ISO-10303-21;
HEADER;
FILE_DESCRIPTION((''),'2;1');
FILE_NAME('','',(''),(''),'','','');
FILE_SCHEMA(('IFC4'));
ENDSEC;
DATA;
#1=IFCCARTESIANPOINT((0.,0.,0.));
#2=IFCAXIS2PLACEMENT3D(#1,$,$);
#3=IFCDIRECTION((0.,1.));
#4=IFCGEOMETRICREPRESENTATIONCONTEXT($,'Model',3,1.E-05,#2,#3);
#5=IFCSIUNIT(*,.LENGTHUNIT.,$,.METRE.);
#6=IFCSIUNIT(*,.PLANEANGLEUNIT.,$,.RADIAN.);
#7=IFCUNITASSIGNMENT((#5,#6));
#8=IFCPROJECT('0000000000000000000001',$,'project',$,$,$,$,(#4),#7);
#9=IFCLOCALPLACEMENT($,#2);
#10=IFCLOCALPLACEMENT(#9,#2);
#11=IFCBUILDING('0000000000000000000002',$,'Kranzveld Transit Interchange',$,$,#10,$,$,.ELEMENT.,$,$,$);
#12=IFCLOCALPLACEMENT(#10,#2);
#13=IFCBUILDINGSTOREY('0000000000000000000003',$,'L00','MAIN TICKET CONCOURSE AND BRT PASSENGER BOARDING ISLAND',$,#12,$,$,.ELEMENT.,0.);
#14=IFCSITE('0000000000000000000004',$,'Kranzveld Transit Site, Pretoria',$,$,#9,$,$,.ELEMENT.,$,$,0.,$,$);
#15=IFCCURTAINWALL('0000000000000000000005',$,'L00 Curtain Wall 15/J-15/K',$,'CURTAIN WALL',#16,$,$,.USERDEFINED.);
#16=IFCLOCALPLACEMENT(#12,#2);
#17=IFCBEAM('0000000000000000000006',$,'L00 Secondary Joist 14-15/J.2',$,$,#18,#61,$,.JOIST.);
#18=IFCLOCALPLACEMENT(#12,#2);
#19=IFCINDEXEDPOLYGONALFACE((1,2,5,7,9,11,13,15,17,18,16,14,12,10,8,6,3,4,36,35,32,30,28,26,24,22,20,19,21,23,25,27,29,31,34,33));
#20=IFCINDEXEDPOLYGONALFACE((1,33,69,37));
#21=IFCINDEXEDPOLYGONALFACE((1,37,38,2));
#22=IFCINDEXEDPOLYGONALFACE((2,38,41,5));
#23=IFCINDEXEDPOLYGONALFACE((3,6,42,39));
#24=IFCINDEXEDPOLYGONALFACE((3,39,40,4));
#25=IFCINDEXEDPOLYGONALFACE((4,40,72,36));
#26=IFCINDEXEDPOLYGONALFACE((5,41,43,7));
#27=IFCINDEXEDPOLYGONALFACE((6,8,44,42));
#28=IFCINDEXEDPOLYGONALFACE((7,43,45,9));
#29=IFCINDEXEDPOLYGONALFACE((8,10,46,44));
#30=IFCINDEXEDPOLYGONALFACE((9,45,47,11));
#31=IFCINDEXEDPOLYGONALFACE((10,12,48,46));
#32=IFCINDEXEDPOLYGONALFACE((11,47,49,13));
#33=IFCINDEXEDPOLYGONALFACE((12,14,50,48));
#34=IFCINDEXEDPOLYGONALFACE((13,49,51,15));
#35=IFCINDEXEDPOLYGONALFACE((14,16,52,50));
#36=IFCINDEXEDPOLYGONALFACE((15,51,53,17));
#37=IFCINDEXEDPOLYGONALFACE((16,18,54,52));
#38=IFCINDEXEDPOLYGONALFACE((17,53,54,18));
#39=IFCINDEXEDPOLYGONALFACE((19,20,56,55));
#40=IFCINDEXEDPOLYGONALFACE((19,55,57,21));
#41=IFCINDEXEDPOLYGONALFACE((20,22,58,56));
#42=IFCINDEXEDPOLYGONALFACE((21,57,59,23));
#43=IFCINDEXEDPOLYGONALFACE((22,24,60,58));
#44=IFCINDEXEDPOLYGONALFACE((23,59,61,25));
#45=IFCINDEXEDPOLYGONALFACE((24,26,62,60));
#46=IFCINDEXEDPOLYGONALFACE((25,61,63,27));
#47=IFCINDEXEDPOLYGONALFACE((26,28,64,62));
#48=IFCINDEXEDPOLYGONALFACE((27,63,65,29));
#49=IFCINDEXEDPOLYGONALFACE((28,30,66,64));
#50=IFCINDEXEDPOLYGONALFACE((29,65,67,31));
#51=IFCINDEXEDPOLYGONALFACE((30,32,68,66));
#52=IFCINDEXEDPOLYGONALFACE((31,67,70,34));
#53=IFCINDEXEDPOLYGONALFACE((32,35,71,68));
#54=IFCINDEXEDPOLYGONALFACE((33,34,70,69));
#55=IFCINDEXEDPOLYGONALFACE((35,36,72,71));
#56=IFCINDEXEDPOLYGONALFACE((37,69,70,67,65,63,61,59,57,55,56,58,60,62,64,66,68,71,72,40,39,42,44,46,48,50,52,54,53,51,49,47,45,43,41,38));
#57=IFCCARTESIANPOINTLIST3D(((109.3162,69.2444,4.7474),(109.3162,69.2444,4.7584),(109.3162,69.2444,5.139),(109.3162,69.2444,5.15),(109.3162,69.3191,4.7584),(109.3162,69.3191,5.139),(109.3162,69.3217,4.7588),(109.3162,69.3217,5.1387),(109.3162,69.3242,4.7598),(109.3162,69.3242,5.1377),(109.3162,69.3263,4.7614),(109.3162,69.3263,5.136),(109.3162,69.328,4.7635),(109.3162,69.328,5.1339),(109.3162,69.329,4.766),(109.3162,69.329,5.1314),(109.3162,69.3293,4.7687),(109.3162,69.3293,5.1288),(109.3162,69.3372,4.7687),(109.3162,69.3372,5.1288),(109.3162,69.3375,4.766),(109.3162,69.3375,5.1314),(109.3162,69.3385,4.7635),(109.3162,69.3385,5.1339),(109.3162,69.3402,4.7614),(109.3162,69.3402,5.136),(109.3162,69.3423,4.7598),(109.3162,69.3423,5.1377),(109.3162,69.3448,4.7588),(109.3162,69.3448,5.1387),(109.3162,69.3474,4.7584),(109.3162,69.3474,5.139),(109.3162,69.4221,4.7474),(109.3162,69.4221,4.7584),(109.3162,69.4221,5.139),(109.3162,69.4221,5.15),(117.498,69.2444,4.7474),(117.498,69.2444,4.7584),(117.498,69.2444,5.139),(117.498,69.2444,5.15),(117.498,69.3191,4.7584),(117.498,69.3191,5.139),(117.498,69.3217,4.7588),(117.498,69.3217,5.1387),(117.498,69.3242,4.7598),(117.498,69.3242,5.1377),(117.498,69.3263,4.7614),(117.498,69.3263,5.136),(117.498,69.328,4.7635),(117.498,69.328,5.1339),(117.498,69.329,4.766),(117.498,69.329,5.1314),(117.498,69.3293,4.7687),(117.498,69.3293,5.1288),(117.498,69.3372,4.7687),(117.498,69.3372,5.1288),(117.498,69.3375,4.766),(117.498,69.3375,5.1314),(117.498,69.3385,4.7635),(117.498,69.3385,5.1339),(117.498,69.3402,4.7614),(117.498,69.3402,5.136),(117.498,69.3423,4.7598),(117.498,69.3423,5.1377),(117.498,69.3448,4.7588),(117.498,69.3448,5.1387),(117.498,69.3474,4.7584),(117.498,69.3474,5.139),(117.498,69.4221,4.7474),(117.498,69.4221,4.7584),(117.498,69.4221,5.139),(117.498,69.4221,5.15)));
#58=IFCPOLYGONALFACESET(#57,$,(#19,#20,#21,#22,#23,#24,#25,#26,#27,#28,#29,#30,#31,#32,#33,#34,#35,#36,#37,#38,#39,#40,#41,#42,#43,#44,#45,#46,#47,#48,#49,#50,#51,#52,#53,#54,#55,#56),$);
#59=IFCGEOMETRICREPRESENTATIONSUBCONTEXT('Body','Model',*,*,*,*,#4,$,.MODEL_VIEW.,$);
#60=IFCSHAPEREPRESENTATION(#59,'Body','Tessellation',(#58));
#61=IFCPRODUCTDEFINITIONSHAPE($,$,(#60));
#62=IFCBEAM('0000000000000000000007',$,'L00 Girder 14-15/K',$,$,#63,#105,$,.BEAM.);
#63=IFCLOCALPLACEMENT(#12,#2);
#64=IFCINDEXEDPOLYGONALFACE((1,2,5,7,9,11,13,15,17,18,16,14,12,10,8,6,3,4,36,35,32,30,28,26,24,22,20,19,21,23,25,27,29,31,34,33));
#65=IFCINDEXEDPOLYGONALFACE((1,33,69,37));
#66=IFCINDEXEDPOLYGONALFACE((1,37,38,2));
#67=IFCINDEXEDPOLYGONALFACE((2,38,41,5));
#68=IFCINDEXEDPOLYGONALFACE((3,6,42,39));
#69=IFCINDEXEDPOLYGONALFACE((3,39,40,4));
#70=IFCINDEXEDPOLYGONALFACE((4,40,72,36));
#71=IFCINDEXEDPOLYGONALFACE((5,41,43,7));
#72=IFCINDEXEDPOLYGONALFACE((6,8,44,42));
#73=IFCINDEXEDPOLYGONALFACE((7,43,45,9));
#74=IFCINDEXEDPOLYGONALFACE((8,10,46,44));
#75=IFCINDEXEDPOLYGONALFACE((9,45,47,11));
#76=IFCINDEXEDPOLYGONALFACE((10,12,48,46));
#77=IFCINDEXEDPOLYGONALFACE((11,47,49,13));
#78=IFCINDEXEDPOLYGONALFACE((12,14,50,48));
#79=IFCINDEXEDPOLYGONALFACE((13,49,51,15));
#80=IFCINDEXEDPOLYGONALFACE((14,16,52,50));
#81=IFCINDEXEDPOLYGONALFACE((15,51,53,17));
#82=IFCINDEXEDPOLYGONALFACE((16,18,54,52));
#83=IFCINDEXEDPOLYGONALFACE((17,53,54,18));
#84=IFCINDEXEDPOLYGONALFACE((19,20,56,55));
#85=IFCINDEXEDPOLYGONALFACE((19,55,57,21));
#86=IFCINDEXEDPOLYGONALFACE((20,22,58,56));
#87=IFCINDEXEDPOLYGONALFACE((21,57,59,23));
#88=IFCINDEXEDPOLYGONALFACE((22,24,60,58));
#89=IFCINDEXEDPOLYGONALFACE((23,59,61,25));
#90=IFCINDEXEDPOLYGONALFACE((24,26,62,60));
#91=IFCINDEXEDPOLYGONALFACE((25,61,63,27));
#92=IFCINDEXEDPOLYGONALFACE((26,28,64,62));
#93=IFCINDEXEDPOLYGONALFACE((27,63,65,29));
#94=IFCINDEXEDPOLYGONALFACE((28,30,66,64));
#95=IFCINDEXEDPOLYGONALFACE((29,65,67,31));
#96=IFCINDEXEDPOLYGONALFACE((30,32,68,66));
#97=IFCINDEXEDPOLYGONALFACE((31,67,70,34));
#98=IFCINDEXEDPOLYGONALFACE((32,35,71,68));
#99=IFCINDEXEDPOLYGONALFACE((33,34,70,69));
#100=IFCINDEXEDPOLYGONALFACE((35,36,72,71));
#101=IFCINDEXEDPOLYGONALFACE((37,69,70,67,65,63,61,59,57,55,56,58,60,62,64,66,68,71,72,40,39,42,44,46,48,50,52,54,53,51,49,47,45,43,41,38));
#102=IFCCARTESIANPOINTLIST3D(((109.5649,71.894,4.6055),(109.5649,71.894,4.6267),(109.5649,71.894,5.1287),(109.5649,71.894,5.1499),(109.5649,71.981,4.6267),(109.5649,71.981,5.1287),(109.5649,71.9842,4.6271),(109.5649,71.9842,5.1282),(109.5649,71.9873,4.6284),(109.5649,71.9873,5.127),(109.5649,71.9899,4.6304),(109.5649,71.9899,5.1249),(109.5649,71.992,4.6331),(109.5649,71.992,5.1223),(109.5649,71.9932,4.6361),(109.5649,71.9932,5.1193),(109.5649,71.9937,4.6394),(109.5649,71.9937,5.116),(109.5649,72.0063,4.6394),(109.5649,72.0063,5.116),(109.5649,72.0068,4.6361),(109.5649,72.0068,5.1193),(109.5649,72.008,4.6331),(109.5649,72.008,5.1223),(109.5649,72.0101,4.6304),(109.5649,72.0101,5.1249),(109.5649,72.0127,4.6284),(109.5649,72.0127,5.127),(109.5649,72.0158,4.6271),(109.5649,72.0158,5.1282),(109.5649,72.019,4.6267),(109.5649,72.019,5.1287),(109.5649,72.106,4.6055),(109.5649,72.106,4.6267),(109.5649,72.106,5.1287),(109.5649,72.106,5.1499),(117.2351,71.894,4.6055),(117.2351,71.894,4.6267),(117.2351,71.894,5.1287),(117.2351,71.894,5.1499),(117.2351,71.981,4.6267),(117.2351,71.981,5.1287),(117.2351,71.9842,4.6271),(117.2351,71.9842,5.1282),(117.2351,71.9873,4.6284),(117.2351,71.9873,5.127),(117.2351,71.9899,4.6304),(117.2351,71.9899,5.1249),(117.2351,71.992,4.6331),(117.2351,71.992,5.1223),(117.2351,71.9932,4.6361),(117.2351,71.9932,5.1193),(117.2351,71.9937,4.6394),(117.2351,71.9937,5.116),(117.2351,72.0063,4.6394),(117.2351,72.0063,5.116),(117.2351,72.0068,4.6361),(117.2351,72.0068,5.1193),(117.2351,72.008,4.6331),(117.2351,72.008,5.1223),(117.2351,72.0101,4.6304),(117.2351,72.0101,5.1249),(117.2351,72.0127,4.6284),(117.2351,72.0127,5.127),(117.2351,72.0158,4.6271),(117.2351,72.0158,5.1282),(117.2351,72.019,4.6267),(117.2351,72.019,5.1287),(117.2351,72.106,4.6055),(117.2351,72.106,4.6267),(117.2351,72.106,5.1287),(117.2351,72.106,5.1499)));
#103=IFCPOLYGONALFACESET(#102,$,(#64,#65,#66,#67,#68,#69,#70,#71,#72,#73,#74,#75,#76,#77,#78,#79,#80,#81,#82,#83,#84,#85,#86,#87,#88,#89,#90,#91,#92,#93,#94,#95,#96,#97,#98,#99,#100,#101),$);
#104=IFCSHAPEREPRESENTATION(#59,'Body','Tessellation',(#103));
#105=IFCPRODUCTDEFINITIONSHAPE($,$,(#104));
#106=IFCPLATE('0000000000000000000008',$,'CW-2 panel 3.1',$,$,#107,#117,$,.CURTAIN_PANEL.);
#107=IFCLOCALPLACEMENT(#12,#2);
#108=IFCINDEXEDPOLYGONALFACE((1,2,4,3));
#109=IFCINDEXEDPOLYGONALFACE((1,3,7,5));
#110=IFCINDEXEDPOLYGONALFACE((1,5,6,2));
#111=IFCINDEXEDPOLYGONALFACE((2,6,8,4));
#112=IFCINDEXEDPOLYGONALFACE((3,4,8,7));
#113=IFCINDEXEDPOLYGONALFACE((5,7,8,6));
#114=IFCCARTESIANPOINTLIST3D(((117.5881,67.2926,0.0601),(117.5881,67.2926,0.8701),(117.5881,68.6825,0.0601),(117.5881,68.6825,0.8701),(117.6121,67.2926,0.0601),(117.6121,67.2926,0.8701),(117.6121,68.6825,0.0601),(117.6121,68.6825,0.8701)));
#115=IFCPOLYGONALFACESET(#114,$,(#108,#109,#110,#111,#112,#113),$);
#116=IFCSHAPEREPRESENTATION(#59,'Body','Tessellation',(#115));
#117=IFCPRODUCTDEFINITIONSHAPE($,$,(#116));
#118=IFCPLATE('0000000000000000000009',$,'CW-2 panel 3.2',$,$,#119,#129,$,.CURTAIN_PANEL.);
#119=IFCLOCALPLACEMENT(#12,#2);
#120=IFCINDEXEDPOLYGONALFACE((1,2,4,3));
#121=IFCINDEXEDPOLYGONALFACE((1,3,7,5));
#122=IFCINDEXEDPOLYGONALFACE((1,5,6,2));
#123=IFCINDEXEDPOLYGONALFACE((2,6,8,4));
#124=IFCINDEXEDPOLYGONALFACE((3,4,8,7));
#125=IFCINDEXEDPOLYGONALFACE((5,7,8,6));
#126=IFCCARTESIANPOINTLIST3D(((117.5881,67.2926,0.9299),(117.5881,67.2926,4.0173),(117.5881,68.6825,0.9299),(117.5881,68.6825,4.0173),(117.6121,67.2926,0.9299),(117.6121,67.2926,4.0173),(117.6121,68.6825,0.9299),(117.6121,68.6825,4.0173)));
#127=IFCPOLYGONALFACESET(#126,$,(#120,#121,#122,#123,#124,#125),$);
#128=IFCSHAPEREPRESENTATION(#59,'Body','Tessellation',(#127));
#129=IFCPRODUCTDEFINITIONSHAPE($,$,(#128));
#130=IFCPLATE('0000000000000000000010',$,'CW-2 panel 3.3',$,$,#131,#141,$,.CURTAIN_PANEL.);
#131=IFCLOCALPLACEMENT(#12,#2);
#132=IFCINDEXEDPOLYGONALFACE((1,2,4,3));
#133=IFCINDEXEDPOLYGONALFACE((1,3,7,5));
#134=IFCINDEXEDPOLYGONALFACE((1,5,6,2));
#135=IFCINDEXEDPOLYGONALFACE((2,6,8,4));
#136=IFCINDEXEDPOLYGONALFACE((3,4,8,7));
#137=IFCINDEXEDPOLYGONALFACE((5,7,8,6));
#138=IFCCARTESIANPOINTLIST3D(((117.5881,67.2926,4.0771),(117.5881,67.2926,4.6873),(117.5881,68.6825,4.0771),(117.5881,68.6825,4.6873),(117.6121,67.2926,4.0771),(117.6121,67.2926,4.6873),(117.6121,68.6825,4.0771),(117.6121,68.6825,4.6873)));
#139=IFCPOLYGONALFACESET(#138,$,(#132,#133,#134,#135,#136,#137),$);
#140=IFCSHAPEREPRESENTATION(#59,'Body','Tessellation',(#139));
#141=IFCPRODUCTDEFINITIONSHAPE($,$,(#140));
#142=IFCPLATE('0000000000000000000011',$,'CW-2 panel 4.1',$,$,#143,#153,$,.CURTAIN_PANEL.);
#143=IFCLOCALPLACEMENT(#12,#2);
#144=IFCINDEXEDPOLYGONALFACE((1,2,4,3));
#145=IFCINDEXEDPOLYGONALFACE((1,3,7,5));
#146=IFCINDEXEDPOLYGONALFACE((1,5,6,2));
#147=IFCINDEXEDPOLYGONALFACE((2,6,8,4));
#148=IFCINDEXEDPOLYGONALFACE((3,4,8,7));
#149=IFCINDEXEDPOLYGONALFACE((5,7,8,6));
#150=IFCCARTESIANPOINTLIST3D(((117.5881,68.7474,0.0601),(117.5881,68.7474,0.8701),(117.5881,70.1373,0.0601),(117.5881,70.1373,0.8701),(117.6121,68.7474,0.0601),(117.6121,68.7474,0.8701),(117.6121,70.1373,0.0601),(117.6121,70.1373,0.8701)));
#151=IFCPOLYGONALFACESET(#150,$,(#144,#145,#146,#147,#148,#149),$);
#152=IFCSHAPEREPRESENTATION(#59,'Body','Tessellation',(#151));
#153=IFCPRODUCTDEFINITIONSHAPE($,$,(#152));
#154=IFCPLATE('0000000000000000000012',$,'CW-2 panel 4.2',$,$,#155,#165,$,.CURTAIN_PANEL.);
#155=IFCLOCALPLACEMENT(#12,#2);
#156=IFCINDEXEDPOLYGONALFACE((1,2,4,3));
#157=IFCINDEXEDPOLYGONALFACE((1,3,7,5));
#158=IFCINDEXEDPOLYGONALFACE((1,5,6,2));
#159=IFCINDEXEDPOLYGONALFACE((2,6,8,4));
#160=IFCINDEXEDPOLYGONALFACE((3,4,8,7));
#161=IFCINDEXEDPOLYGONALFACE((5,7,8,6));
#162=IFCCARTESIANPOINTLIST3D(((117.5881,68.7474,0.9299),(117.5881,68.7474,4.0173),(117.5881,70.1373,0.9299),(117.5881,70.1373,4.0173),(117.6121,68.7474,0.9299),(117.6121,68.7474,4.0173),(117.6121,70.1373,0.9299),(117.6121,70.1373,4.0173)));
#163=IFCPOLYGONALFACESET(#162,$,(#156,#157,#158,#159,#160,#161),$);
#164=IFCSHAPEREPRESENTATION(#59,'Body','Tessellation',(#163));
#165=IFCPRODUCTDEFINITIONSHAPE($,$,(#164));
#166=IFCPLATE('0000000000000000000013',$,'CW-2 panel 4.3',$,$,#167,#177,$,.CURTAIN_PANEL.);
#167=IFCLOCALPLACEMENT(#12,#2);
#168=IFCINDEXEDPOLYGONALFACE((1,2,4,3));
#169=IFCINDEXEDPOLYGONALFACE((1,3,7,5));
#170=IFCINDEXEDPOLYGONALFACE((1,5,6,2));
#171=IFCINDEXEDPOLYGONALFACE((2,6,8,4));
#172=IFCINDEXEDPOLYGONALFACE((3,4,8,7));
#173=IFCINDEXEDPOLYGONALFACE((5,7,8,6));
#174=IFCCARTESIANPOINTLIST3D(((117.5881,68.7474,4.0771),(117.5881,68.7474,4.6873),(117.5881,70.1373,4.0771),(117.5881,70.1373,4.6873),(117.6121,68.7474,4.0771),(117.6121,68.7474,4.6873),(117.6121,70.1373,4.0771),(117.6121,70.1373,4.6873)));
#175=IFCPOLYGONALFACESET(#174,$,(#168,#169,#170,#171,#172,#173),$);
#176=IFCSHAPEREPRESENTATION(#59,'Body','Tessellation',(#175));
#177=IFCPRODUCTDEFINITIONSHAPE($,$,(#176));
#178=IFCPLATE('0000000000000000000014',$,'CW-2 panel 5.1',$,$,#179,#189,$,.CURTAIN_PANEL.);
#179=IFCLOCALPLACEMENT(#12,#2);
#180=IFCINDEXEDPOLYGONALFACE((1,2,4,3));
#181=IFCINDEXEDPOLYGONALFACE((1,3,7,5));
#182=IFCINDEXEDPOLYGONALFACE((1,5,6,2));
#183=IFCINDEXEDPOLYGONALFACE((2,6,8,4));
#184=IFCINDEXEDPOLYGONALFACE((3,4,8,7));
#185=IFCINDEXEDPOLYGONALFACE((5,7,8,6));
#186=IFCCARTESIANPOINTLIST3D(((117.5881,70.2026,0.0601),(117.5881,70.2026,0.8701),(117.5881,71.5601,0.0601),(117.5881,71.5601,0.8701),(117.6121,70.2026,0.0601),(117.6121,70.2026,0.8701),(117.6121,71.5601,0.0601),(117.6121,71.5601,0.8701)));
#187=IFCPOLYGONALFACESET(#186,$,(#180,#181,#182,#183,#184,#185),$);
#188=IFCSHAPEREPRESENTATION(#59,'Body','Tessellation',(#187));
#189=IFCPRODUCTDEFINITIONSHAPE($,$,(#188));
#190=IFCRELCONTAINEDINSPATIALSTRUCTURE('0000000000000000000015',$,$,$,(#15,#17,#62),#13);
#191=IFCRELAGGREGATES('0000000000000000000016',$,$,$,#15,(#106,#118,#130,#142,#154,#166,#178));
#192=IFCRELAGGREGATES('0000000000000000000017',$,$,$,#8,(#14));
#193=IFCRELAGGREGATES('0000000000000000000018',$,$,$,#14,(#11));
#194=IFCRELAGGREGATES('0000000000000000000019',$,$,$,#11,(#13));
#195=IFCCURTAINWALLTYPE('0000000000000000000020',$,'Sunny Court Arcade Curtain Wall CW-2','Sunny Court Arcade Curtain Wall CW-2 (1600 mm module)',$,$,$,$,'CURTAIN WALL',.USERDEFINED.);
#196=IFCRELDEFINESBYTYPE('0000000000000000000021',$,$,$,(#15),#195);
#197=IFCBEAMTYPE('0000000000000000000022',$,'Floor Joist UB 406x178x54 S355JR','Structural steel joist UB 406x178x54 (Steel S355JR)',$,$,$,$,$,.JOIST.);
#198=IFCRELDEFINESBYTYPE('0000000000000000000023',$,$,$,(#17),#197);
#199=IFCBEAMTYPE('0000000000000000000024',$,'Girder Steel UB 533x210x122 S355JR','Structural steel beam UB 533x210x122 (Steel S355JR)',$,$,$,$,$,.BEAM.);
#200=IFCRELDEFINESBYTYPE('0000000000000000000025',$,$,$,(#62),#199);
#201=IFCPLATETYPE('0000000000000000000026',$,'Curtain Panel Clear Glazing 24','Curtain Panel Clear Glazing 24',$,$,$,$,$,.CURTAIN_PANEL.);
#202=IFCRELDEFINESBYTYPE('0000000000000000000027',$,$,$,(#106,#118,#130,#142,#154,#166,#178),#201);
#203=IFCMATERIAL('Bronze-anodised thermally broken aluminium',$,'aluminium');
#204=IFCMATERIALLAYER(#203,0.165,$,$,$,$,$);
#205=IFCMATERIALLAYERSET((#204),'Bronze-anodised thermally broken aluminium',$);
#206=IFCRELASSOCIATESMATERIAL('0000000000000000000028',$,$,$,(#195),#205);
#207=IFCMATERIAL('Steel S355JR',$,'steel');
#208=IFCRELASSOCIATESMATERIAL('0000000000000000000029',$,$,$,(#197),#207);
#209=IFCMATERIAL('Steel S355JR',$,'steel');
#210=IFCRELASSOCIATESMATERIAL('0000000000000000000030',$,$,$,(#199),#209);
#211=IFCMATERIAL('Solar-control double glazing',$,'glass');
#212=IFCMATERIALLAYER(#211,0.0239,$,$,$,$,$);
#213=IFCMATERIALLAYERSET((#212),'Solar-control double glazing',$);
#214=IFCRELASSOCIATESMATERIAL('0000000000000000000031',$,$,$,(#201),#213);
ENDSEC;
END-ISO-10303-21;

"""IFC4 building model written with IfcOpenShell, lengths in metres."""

from ifc_helpers import new_model, si_unit, direction, frame, origin, origin_2d, place, context, subcontext, project, spatial, rectangle, i_section, extrude, material, layer, layer_set, material_profile, profile_set, type_object, element, aggregate, save


model = new_model("IFC4")

# Units and contexts
model_context = context("Model", 3, precision=1e-05, world=origin(), true_north=direction((0.0, 1.0)))
body_context = subcontext(model_context, "Body", "Model", "MODEL_VIEW")
ifc_project = project(units=[si_unit("LENGTHUNIT", "METRE"), si_unit("PLANEANGLEUNIT", "RADIAN")], contexts=[model_context])

# Site, building, storey
site_placement = place(None, origin())
site = spatial("IfcSite", under=ifc_project, at=site_placement, Name="Kranzveld Transit Site, Pretoria", CompositionType="ELEMENT", RefElevation=0.0)
building_placement = place(site_placement, origin())
building = spatial("IfcBuilding", under=site, at=building_placement, Name="Kranzveld Transit Interchange", CompositionType="ELEMENT")
storey_placement = place(building_placement, origin())
storey = spatial("IfcBuildingStorey", under=building, at=storey_placement, Name="L00", Description="MAIN TICKET CONCOURSE AND BRT PASSENGER BOARDING ISLAND", CompositionType="ELEMENT", Elevation=0.0)

# Curtain wall
ifc_material_1 = material(Name="Bronze-anodised thermally broken aluminium", Category="aluminium")
ifc_layer_1 = layer(ifc_material_1, 0.165)
ifc_layer_set_1 = layer_set([ifc_layer_1], Name="Bronze-anodised thermally broken aluminium")
curtain_wall_type = type_object("IfcCurtainWallType", Name="Sunny Court Arcade Curtain Wall CW-2", Description="Sunny Court Arcade Curtain Wall CW-2 (1600 mm module)", ElementType="CURTAIN WALL", PredefinedType="USERDEFINED", material=ifc_layer_set_1)
curtain_wall_placement = place(storey_placement, origin())
curtain_wall = element("IfcCurtainWall", 1, at=curtain_wall_placement, inside=storey, type_object=curtain_wall_type, Name="L00 Curtain Wall 15/J-15/K", ObjectType="CURTAIN WALL", PredefinedType="USERDEFINED")

# Beams
ifc_material_2 = material(Name="Steel S355JR", Category="steel")
ifc_material_profile_1 = material_profile(ifc_material_2, i_section(OverallWidth=0.1777, OverallDepth=0.4026, WebThickness=0.0078, FlangeThickness=0.011, FilletRadius=0.0103, at=origin_2d()), Name="UB 406x178x54")
ifc_profile_set_1 = profile_set([ifc_material_profile_1], Name="Steel S355JR")
beam_type_1 = type_object("IfcBeamType", Name="Floor Joist UB 406x178x54 S355JR", Description="Structural steel joist UB 406x178x54 (Steel S355JR)", PredefinedType="JOIST", material=ifc_profile_set_1)
for number, where, z_axis, x_axis, name in (
    (2, (109.3162, 69.3333, 4.9487), (1.0, 0.0, 0.0), (0.0, 1.0, 0.0), "L00 Secondary Joist 14-15/J.2"),
):
    element("IfcBeam", number, at=place(storey_placement, frame(where, z_axis=z_axis, x_axis=x_axis)), inside=storey, type_object=beam_type_1, Name=name, PredefinedType="JOIST", context=body_context, shape_type="SweptSolid", body=[
        extrude(i_section(OverallWidth=0.1777, OverallDepth=0.4026, WebThickness=0.0078, FlangeThickness=0.011, FilletRadius=0.0103, at=origin_2d()), origin(), (0.0, 0.0, 1.0), 8.1819),
    ])
ifc_material_3 = material(Name="Steel S355JR", Category="steel")
ifc_material_profile_2 = material_profile(ifc_material_3, i_section(OverallWidth=0.2119, OverallDepth=0.5444, WebThickness=0.0127, FlangeThickness=0.0212, FilletRadius=0.0127, at=origin_2d()), Name="UB 533x210x122")
ifc_profile_set_2 = profile_set([ifc_material_profile_2], Name="Steel S355JR")
beam_type_2 = type_object("IfcBeamType", Name="Girder Steel UB 533x210x122 S355JR", Description="Structural steel beam UB 533x210x122 (Steel S355JR)", PredefinedType="BEAM", material=ifc_profile_set_2)
beam_1_placement = place(storey_placement, frame((109.5649, 72.0, 4.8777), z_axis=(1.0, 0.0, 0.0), x_axis=(0.0, 1.0, 0.0)))
element("IfcBeam", 3, at=beam_1_placement, inside=storey, type_object=beam_type_2, Name="L00 Girder 14-15/K", PredefinedType="BEAM", context=body_context, shape_type="SweptSolid", body=[
    extrude(i_section(OverallWidth=0.2119, OverallDepth=0.5444, WebThickness=0.0127, FlangeThickness=0.0212, FilletRadius=0.0127, at=origin_2d()), origin(), (0.0, 0.0, 1.0), 7.6702),
])

# Plates
ifc_material_4 = material(Name="Solar-control double glazing", Category="glass")
ifc_layer_2 = layer(ifc_material_4, 0.0239)
ifc_layer_set_2 = layer_set([ifc_layer_2], Name="Solar-control double glazing")
plate_type = type_object("IfcPlateType", Name="Curtain Panel Clear Glazing 24", Description="Curtain Panel Clear Glazing 24", PredefinedType="CURTAIN_PANEL", material=ifc_layer_set_2)
plate_1_placement = place(storey_placement, frame((117.6001, 67.9875, 0.0601), z_axis=(0.0, 0.0, 1.0), x_axis=(0.0, 1.0, 0.0)))
plate_1 = element("IfcPlate", 4, at=plate_1_placement, type_object=plate_type, Name="CW-2 panel 3.1", PredefinedType="CURTAIN_PANEL", context=body_context, shape_type="SweptSolid", body=[
    extrude(rectangle(XDim=1.3899, YDim=0.0239, at=origin_2d()), origin(), (0.0, 0.0, 1.0), 0.8101),
])
plate_2_placement = place(storey_placement, frame((117.6001, 67.9875, 0.9299), z_axis=(0.0, 0.0, 1.0), x_axis=(0.0, 1.0, 0.0)))
plate_2 = element("IfcPlate", 5, at=plate_2_placement, type_object=plate_type, Name="CW-2 panel 3.2", PredefinedType="CURTAIN_PANEL", context=body_context, shape_type="SweptSolid", body=[
    extrude(rectangle(XDim=1.3899, YDim=0.0239, at=origin_2d()), origin(), (0.0, 0.0, 1.0), 3.0874),
])
plate_3_placement = place(storey_placement, frame((117.6001, 67.9875, 4.0771), z_axis=(0.0, 0.0, 1.0), x_axis=(0.0, 1.0, 0.0)))
plate_3 = element("IfcPlate", 6, at=plate_3_placement, type_object=plate_type, Name="CW-2 panel 3.3", PredefinedType="CURTAIN_PANEL", context=body_context, shape_type="SweptSolid", body=[
    extrude(rectangle(XDim=1.3899, YDim=0.0239, at=origin_2d()), origin(), (0.0, 0.0, 1.0), 0.6101),
])
plate_4_placement = place(storey_placement, frame((117.6001, 69.4424, 0.0601), z_axis=(0.0, 0.0, 1.0), x_axis=(0.0, 1.0, 0.0)))
plate_4 = element("IfcPlate", 7, at=plate_4_placement, type_object=plate_type, Name="CW-2 panel 4.1", PredefinedType="CURTAIN_PANEL", context=body_context, shape_type="SweptSolid", body=[
    extrude(rectangle(XDim=1.3899, YDim=0.0239, at=origin_2d()), origin(), (0.0, 0.0, 1.0), 0.8101),
])
plate_5_placement = place(storey_placement, frame((117.6001, 69.4424, 0.9299), z_axis=(0.0, 0.0, 1.0), x_axis=(0.0, 1.0, 0.0)))
plate_5 = element("IfcPlate", 8, at=plate_5_placement, type_object=plate_type, Name="CW-2 panel 4.2", PredefinedType="CURTAIN_PANEL", context=body_context, shape_type="SweptSolid", body=[
    extrude(rectangle(XDim=1.3899, YDim=0.0239, at=origin_2d()), origin(), (0.0, 0.0, 1.0), 3.0874),
])
plate_6_placement = place(storey_placement, frame((117.6001, 69.4424, 4.0771), z_axis=(0.0, 0.0, 1.0), x_axis=(0.0, 1.0, 0.0)))
plate_6 = element("IfcPlate", 9, at=plate_6_placement, type_object=plate_type, Name="CW-2 panel 4.3", PredefinedType="CURTAIN_PANEL", context=body_context, shape_type="SweptSolid", body=[
    extrude(rectangle(XDim=1.3899, YDim=0.0239, at=origin_2d()), origin(), (0.0, 0.0, 1.0), 0.6101),
])
plate_7_placement = place(storey_placement, frame((117.6001, 70.8813, 0.0601), z_axis=(0.0, 0.0, 1.0), x_axis=(0.0, 1.0, 0.0)))
plate_7 = element("IfcPlate", 10, at=plate_7_placement, type_object=plate_type, Name="CW-2 panel 5.1", PredefinedType="CURTAIN_PANEL", context=body_context, shape_type="SweptSolid", body=[
    extrude(rectangle(XDim=1.3574, YDim=0.0239, at=origin_2d()), origin(), (0.0, 0.0, 1.0), 0.8101),
])
aggregate(curtain_wall, [plate_1, plate_2, plate_3, plate_4, plate_5, plate_6, plate_7])

save(model, "model.ifc")
